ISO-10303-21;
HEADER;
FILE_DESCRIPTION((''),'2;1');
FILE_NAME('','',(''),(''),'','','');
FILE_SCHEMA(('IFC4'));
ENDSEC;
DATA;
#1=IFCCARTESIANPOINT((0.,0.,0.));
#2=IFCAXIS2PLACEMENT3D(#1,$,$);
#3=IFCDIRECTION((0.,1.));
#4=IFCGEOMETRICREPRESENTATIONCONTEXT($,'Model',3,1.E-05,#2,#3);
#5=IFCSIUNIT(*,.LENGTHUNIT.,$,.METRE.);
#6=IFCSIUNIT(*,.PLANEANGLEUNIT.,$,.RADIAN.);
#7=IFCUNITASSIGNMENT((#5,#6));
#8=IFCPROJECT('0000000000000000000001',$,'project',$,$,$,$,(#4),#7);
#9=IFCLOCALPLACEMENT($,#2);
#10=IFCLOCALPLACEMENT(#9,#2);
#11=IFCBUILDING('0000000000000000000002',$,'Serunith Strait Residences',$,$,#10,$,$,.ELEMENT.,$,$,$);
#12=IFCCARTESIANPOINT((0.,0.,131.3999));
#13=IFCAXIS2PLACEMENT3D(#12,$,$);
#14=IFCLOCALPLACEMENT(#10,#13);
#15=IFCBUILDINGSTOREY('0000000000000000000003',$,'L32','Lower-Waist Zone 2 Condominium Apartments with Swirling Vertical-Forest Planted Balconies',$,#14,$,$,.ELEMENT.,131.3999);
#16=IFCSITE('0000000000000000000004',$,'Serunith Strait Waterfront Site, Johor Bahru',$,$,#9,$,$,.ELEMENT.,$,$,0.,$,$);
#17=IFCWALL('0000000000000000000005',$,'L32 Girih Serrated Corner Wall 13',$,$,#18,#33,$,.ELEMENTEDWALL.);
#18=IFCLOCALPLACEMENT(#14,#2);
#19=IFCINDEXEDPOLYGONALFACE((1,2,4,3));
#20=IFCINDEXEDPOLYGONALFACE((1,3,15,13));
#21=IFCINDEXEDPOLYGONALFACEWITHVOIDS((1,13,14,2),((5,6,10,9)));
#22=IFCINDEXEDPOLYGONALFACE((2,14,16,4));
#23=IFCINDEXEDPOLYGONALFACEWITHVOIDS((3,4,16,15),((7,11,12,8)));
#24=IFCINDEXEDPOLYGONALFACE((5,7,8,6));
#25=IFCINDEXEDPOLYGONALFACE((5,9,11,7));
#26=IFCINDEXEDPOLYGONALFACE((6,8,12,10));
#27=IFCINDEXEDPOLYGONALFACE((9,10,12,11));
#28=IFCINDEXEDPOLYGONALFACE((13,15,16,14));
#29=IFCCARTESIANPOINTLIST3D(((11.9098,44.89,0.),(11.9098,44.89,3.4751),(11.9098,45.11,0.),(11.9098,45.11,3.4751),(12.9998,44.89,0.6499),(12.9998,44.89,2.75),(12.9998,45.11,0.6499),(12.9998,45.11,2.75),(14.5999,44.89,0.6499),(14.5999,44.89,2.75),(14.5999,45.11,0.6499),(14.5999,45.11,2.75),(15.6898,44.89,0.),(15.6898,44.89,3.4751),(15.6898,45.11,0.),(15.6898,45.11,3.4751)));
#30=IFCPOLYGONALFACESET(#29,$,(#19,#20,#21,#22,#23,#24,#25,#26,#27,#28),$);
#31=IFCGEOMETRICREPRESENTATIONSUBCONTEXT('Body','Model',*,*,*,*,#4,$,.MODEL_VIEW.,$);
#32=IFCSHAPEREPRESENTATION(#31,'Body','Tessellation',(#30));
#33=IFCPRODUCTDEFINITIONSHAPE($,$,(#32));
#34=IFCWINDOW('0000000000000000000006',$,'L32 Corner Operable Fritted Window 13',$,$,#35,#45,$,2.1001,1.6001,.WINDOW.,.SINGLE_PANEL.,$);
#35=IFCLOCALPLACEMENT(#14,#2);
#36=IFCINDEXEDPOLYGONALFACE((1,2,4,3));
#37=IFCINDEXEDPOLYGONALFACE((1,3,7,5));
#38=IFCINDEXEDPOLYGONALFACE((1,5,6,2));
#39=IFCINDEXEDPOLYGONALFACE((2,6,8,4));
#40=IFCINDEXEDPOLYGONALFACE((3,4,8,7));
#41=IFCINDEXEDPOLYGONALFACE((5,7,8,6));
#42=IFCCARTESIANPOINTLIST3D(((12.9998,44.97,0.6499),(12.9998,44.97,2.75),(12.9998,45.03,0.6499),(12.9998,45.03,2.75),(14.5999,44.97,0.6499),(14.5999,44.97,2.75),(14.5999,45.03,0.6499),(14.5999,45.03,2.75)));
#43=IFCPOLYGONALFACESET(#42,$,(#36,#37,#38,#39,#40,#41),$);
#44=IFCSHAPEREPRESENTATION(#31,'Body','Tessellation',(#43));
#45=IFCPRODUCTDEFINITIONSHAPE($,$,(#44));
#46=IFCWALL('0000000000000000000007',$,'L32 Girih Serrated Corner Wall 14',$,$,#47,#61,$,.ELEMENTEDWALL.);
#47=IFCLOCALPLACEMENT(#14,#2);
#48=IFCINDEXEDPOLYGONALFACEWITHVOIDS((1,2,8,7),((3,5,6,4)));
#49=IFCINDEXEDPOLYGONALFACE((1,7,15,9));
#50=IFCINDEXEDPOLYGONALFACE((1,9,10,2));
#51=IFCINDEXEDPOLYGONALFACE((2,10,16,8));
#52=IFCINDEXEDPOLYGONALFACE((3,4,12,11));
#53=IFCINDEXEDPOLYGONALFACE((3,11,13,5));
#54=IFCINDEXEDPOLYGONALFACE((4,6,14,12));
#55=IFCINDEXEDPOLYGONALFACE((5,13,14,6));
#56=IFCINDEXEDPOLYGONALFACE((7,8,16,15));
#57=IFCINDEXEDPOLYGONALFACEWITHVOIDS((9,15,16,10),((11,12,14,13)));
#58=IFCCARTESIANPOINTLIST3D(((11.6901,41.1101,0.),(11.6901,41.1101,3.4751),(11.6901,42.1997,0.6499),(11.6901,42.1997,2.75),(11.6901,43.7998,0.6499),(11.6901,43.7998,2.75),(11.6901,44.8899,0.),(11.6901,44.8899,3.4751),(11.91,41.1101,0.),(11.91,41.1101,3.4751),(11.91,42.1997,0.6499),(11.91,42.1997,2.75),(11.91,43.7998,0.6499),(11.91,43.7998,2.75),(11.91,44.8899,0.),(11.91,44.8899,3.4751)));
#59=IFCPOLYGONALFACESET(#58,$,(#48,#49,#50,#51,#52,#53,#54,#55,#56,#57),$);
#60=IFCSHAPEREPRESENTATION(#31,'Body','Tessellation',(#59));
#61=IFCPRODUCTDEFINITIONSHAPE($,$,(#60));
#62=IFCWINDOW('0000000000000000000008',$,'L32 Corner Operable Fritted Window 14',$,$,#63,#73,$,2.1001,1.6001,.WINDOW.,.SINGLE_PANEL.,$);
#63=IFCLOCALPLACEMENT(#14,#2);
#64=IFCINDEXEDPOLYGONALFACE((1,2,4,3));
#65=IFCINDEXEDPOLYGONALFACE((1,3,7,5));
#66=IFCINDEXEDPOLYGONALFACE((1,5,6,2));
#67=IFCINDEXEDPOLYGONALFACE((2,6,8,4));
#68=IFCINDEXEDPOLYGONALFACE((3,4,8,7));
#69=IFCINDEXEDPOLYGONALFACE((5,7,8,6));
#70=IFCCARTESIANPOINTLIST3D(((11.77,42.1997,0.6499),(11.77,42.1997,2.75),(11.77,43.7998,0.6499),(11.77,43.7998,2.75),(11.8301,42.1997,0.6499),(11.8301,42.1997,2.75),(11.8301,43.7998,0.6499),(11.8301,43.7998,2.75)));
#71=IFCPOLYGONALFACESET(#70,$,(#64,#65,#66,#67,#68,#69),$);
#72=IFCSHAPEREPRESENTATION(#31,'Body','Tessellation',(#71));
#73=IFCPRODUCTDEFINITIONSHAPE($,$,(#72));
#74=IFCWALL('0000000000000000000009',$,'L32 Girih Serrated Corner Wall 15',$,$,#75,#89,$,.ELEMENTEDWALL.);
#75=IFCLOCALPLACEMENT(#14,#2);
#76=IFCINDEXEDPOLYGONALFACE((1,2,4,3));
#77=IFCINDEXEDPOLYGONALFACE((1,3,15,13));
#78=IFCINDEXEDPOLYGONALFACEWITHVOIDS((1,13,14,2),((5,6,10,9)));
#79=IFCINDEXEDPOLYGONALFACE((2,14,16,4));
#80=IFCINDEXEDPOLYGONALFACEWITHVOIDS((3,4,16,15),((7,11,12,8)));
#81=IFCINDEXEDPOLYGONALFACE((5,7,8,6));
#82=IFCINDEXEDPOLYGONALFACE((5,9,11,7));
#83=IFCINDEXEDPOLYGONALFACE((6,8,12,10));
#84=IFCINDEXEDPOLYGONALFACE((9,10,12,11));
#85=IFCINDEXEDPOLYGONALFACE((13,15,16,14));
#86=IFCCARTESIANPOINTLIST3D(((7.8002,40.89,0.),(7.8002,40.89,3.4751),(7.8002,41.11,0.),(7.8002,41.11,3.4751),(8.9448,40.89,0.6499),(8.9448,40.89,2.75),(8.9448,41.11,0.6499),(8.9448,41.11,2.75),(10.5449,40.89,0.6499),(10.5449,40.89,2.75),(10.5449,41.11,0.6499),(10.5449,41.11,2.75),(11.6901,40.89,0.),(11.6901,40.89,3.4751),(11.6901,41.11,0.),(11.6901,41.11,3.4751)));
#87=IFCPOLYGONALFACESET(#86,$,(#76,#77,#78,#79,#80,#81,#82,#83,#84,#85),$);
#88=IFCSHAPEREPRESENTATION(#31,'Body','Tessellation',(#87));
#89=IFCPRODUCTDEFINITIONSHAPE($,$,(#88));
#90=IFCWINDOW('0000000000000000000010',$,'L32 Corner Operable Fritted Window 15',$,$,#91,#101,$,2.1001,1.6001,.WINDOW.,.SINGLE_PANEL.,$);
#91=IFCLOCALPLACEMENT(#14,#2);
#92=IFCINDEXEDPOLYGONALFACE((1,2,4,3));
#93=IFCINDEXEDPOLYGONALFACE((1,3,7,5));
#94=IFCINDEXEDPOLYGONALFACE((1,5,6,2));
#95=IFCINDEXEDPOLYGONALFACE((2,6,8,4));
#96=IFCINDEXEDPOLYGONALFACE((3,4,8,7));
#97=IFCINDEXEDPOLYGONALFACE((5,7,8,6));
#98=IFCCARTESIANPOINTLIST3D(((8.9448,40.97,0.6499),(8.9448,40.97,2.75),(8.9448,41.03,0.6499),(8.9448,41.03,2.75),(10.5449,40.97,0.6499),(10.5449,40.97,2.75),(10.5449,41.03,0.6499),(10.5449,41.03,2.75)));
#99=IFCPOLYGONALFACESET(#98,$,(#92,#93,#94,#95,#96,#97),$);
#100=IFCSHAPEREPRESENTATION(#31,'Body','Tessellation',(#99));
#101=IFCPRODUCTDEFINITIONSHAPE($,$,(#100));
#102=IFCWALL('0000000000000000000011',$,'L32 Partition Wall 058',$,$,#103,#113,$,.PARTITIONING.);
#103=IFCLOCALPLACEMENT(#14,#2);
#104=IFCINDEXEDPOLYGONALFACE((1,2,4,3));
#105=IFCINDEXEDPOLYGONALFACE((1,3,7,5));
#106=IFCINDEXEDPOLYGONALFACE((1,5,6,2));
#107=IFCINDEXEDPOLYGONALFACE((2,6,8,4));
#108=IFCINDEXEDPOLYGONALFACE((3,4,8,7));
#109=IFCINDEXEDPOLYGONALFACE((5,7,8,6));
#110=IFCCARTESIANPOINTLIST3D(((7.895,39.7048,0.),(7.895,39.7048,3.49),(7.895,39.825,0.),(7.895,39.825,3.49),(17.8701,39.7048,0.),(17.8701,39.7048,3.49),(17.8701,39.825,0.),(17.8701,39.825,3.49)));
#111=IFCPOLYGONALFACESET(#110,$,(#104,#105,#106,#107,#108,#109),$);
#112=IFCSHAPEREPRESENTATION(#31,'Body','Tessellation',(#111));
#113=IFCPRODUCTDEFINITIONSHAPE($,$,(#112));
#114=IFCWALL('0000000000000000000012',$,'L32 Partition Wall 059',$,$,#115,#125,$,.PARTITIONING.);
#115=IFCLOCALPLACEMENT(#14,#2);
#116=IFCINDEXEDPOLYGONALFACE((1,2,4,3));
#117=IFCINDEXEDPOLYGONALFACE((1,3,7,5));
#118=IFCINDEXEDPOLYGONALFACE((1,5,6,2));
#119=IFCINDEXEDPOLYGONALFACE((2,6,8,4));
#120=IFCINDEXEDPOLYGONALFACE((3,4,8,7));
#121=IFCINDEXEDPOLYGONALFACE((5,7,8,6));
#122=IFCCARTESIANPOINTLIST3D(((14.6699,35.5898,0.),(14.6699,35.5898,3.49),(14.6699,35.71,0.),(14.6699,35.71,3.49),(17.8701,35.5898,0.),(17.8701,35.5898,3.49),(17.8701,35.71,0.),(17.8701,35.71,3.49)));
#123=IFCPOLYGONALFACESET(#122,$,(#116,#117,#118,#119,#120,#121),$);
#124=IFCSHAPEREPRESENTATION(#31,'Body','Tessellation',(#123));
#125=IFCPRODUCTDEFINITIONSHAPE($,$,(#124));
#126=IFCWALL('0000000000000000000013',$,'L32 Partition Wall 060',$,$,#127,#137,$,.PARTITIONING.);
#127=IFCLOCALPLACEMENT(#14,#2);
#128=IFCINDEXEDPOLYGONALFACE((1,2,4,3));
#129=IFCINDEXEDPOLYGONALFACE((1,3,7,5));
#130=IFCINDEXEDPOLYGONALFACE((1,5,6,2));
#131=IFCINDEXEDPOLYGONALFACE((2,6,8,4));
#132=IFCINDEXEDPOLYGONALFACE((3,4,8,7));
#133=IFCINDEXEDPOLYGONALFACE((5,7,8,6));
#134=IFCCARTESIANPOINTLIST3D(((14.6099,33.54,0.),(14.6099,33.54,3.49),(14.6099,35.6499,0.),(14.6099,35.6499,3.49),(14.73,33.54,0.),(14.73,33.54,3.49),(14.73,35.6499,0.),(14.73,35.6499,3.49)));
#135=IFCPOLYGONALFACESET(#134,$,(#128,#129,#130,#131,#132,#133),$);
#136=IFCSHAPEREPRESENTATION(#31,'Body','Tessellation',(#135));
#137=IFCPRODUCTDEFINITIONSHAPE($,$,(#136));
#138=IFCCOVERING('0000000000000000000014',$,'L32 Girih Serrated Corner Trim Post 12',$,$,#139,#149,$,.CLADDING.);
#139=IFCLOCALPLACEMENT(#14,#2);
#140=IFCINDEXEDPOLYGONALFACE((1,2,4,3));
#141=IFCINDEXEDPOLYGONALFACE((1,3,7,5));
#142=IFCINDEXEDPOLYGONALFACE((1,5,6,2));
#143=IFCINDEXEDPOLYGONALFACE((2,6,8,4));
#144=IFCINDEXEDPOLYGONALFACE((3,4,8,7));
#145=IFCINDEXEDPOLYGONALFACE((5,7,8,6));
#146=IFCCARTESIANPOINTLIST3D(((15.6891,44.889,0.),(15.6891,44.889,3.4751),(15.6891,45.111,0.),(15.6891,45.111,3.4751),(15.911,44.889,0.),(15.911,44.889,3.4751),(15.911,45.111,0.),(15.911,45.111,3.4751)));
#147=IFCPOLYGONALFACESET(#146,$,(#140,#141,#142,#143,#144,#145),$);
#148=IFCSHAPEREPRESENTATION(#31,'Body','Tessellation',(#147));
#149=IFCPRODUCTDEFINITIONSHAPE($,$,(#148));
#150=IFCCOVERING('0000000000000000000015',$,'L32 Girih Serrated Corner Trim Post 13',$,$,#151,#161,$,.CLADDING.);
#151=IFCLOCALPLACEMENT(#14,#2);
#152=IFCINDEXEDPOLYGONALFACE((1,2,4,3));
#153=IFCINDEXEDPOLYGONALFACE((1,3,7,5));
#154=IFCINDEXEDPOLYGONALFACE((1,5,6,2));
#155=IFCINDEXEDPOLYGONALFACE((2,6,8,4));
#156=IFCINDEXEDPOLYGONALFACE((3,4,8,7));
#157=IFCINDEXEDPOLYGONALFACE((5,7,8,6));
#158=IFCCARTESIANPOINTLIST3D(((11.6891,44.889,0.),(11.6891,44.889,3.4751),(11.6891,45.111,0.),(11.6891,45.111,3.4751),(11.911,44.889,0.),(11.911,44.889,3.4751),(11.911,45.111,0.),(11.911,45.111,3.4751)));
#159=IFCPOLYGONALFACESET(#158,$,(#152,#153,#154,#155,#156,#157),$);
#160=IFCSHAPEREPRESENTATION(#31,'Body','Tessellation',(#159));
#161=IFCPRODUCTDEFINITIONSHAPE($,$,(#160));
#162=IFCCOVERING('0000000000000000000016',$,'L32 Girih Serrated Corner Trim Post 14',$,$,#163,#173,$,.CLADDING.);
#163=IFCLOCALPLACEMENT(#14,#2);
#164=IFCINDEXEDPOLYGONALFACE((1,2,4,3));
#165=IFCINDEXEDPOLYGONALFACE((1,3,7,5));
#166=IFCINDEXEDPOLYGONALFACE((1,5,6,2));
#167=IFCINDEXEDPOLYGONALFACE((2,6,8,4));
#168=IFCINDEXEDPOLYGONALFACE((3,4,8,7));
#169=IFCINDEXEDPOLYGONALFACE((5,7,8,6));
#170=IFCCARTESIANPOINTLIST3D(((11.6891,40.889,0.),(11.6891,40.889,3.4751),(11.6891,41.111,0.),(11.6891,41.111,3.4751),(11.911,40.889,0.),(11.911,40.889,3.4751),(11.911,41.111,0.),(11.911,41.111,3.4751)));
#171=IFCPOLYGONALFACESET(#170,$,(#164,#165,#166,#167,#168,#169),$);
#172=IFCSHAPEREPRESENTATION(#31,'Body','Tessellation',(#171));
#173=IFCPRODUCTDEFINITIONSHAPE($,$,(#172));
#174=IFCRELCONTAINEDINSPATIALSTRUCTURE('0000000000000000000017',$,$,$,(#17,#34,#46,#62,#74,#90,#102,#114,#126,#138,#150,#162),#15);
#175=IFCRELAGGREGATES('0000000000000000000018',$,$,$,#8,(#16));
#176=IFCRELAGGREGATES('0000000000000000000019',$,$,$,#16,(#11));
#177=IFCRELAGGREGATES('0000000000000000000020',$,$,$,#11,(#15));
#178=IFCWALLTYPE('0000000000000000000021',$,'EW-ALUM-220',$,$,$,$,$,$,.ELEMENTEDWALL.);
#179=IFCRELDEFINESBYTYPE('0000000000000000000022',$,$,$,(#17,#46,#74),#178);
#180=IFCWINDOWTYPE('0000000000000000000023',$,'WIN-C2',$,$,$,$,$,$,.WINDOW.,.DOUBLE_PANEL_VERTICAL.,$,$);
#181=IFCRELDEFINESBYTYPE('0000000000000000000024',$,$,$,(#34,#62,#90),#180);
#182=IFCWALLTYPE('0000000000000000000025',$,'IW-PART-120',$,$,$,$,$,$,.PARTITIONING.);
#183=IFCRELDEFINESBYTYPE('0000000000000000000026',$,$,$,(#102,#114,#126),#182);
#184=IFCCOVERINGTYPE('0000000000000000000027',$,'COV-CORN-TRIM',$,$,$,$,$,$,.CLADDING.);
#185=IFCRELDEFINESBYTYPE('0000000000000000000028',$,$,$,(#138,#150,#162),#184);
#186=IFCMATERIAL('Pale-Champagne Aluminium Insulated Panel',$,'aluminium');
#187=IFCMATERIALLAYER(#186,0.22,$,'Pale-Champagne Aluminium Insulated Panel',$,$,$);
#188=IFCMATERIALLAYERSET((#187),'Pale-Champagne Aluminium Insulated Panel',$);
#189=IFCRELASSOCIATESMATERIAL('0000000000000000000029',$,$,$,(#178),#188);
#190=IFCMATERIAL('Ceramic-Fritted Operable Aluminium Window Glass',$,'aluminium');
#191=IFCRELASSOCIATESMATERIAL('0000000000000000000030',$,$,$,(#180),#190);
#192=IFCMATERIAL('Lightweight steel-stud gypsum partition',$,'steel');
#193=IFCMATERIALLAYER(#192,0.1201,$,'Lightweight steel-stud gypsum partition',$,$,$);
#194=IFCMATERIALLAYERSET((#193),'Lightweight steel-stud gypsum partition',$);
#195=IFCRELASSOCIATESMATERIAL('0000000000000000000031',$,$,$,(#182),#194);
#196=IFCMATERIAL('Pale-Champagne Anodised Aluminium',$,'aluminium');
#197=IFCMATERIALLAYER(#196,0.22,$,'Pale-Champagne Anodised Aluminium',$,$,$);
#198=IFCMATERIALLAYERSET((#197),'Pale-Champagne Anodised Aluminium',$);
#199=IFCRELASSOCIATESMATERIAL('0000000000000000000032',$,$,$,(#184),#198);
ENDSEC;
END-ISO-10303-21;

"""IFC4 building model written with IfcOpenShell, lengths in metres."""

from ifc_helpers import new_model, si_unit, direction, frame, frame_2d, origin, origin_2d, place, context, subcontext, project, spatial, rectangle, extrude, source, transform, mapped, material, layer, layer_set, type_object, element, fill, save


model = new_model("IFC4")

# Units and contexts
model_context = context("Model", 3, precision=1e-05, world=origin(), true_north=direction((0.0, 1.0)))
body_context = subcontext(model_context, "Body", "Model", "MODEL_VIEW")
ifc_project = project(units=[si_unit("LENGTHUNIT", "METRE"), si_unit("PLANEANGLEUNIT", "RADIAN")], contexts=[model_context])

# Site, building, storey
site_placement = place(None, origin())
site = spatial("IfcSite", under=ifc_project, at=site_placement, Name="Serunith Strait Waterfront Site, Johor Bahru", CompositionType="ELEMENT", RefElevation=0.0)
building_placement = place(site_placement, origin())
building = spatial("IfcBuilding", under=site, at=building_placement, Name="Serunith Strait Residences", CompositionType="ELEMENT")
storey_placement = place(building_placement, frame((0.0, 0.0, 131.3999)))
storey = spatial("IfcBuildingStorey", under=building, at=storey_placement, Name="L32", Description="Lower-Waist Zone 2 Condominium Apartments with Swirling Vertical-Forest Planted Balconies", CompositionType="ELEMENT", Elevation=131.3999)

# Shared definitions
ifc_material_1 = material(Name="Pale-Champagne Anodised Aluminium", Category="aluminium")

# Walls, openings, windows
ifc_material_2 = material(Name="Pale-Champagne Aluminium Insulated Panel", Category="aluminium")
ifc_layer_1 = layer(ifc_material_2, 0.22, Name="Pale-Champagne Aluminium Insulated Panel")
ifc_layer_set_1 = layer_set([ifc_layer_1], Name="Pale-Champagne Aluminium Insulated Panel")
wall_type_1 = type_object("IfcWallType", Name="EW-ALUM-220", PredefinedType="ELEMENTEDWALL", material=ifc_layer_set_1)
ifc_material_3 = material(Name="Ceramic-Fritted Operable Aluminium Window Glass", Category="aluminium")
window_type = type_object("IfcWindowType", Name="WIN-C2", PartitioningType="DOUBLE_PANEL_VERTICAL", PredefinedType="WINDOW", material=ifc_material_3)
shared_shape_1 = source(origin(), body_context, "Body", "SweptSolid", [
    extrude(rectangle(XDim=1.6001, YDim=2.1001, at=frame_2d((0.8, 1.05))), frame((0.0, 0.03, 0.0), z_axis=(0.0, -1.0, 0.0), x_axis=(1.0, 0.0, 0.0)), (0.0, 0.0, 1.0), 0.0601),
])
wall_1_placement = place(storey_placement, frame((15.6899, 45.0, 0.0), z_axis=(0.0, 0.0, 1.0), x_axis=(-1.0, 0.0, 0.0)))
wall_1 = element("IfcWall", 1, at=wall_1_placement, inside=storey, type_object=wall_type_1, Name="L32 Girih Serrated Corner Wall 13", PredefinedType="ELEMENTEDWALL", context=body_context, shape_type="SweptSolid", body=[
    extrude(rectangle(XDim=3.78, YDim=0.22, at=frame_2d((1.8901, 0.0))), origin(), (0.0, 0.0, 1.0), 3.4751),
])
opening_1_placement = place(wall_1_placement, frame((1.0901, 0.0, 0.6499)))
opening_1 = element("IfcOpeningElement", 2, at=opening_1_placement, cuts=wall_1, PredefinedType="OPENING", context=body_context, shape_type="SweptSolid", body=[
    extrude(rectangle(XDim=1.6001, YDim=2.1001, at=frame_2d((0.8, 1.05))), frame((0.0, 0.1201, 0.0), z_axis=(0.0, -1.0, 0.0), x_axis=(1.0, 0.0, 0.0)), (0.0, 0.0, 1.0), 0.24),
])
window_1_placement = place(opening_1_placement, origin())
window_1 = element("IfcWindow", 3, at=window_1_placement, inside=storey, type_object=window_type, Name="L32 Corner Operable Fritted Window 13", OverallHeight=2.1001, OverallWidth=1.6001, PartitioningType="SINGLE_PANEL", PredefinedType="WINDOW", context=body_context, shape_type="MappedRepresentation", body=[
    mapped(shared_shape_1, transform((0.0, 0.0, 0.0), scale=1.0)),
])
fill(opening_1, window_1)
wall_2_placement = place(storey_placement, frame((11.8, 44.8899, 0.0), z_axis=(0.0, 0.0, 1.0), x_axis=(0.0, -1.0, 0.0)))
wall_2 = element("IfcWall", 4, at=wall_2_placement, inside=storey, type_object=wall_type_1, Name="L32 Girih Serrated Corner Wall 14", PredefinedType="ELEMENTEDWALL", context=body_context, shape_type="SweptSolid", body=[
    extrude(rectangle(XDim=3.7798, YDim=0.22, at=frame_2d((1.8899, 0.0))), origin(), (0.0, 0.0, 1.0), 3.4751),
])
opening_2_placement = place(wall_2_placement, frame((1.0901, 0.0, 0.6499)))
opening_2 = element("IfcOpeningElement", 5, at=opening_2_placement, cuts=wall_2, PredefinedType="OPENING", context=body_context, shape_type="SweptSolid", body=[
    extrude(rectangle(XDim=1.6001, YDim=2.1001, at=frame_2d((0.8, 1.05))), frame((0.0, 0.1201, 0.0), z_axis=(0.0, -1.0, 0.0), x_axis=(1.0, 0.0, 0.0)), (0.0, 0.0, 1.0), 0.24),
])
window_2_placement = place(opening_2_placement, origin())
window_2 = element("IfcWindow", 6, at=window_2_placement, inside=storey, type_object=window_type, Name="L32 Corner Operable Fritted Window 14", OverallHeight=2.1001, OverallWidth=1.6001, PartitioningType="SINGLE_PANEL", PredefinedType="WINDOW", context=body_context, shape_type="MappedRepresentation", body=[
    mapped(shared_shape_1, transform((0.0, 0.0, 0.0), scale=1.0)),
])
fill(opening_2, window_2)
wall_3_placement = place(storey_placement, frame((11.6899, 41.0, 0.0), z_axis=(0.0, 0.0, 1.0), x_axis=(-1.0, 0.0, 0.0)))
wall_3 = element("IfcWall", 7, at=wall_3_placement, inside=storey, type_object=wall_type_1, Name="L32 Girih Serrated Corner Wall 15", PredefinedType="ELEMENTEDWALL", context=body_context, shape_type="SweptSolid", body=[
    extrude(rectangle(XDim=3.8899, YDim=0.22, at=frame_2d((1.9448, 0.0))), origin(), (0.0, 0.0, 1.0), 3.4751),
])
opening_3_placement = place(wall_3_placement, frame((1.145, 0.0, 0.6499)))
opening_3 = element("IfcOpeningElement", 8, at=opening_3_placement, cuts=wall_3, PredefinedType="OPENING", context=body_context, shape_type="SweptSolid", body=[
    extrude(rectangle(XDim=1.6001, YDim=2.1001, at=frame_2d((0.8, 1.05))), frame((0.0, 0.1201, 0.0), z_axis=(0.0, -1.0, 0.0), x_axis=(1.0, 0.0, 0.0)), (0.0, 0.0, 1.0), 0.24),
])
window_3_placement = place(opening_3_placement, origin())
window_3 = element("IfcWindow", 9, at=window_3_placement, inside=storey, type_object=window_type, Name="L32 Corner Operable Fritted Window 15", OverallHeight=2.1001, OverallWidth=1.6001, PartitioningType="SINGLE_PANEL", PredefinedType="WINDOW", context=body_context, shape_type="MappedRepresentation", body=[
    mapped(shared_shape_1, transform((0.0, 0.0, 0.0), scale=1.0)),
])
fill(opening_3, window_3)

# Walls
ifc_material_4 = material(Name="Lightweight steel-stud gypsum partition", Category="steel")
ifc_layer_2 = layer(ifc_material_4, 0.1201, Name="Lightweight steel-stud gypsum partition")
ifc_layer_set_2 = layer_set([ifc_layer_2], Name="Lightweight steel-stud gypsum partition")
wall_type_2 = type_object("IfcWallType", Name="IW-PART-120", PredefinedType="PARTITIONING", material=ifc_layer_set_2)
wall_4_placement = place(storey_placement, frame((7.895, 39.7649, 0.0), z_axis=(0.0, 0.0, 1.0), x_axis=(1.0, 0.0, 0.0)))
element("IfcWall", 10, at=wall_4_placement, inside=storey, type_object=wall_type_2, Name="L32 Partition Wall 058", PredefinedType="PARTITIONING", context=body_context, shape_type="SweptSolid", body=[
    extrude(rectangle(XDim=9.9751, YDim=0.1201, at=frame_2d((4.9875, 0.0))), origin(), (0.0, 0.0, 1.0), 3.49),
])
wall_5_placement = place(storey_placement, frame((14.6699, 35.6499, 0.0), z_axis=(0.0, 0.0, 1.0), x_axis=(1.0, 0.0, 0.0)))
element("IfcWall", 11, at=wall_5_placement, inside=storey, type_object=wall_type_2, Name="L32 Partition Wall 059", PredefinedType="PARTITIONING", context=body_context, shape_type="SweptSolid", body=[
    extrude(rectangle(XDim=3.2002, YDim=0.1201, at=frame_2d((1.6001, 0.0))), origin(), (0.0, 0.0, 1.0), 3.49),
])
wall_6_placement = place(storey_placement, frame((14.6699, 35.6499, 0.0), z_axis=(0.0, 0.0, 1.0), x_axis=(0.0, -1.0, 0.0)))
element("IfcWall", 12, at=wall_6_placement, inside=storey, type_object=wall_type_2, Name="L32 Partition Wall 060", PredefinedType="PARTITIONING", context=body_context, shape_type="SweptSolid", body=[
    extrude(rectangle(XDim=2.1099, YDim=0.1201, at=frame_2d((1.0549, 0.0))), origin(), (0.0, 0.0, 1.0), 3.49),
])

# Coverings
ifc_layer_3 = layer(ifc_material_1, 0.22, Name="Pale-Champagne Anodised Aluminium")
ifc_layer_set_3 = layer_set([ifc_layer_3], Name="Pale-Champagne Anodised Aluminium")
covering_type = type_object("IfcCoveringType", Name="COV-CORN-TRIM", PredefinedType="CLADDING", material=ifc_layer_set_3)
shared_shape_2 = source(origin(), body_context, "Body", "SweptSolid", [
    extrude(rectangle(XDim=0.2219, YDim=0.2219, at=origin_2d()), origin(), (0.0, 0.0, 1.0), 3.4751),
])
for number, where, z_axis, x_axis, name in (
    (13, (15.8, 45.0, 0.0), (0.0, 0.0, 1.0), (1.0, 0.0, 0.0), "L32 Girih Serrated Corner Trim Post 12"),
    (14, (11.8, 45.0, 0.0), (0.0, 0.0, 1.0), (1.0, 0.0, 0.0), "L32 Girih Serrated Corner Trim Post 13"),
    (15, (11.8, 41.0, 0.0), (0.0, 0.0, 1.0), (1.0, 0.0, 0.0), "L32 Girih Serrated Corner Trim Post 14"),
):
    element("IfcCovering", number, at=place(storey_placement, frame(where, z_axis=z_axis, x_axis=x_axis)), inside=storey, type_object=covering_type, Name=name, PredefinedType="CLADDING", context=body_context, shape_type="MappedRepresentation", body=[
        mapped(shared_shape_2, transform((0.0, 0.0, 0.0), scale=1.0)),
    ])

save(model, "model.ifc")
